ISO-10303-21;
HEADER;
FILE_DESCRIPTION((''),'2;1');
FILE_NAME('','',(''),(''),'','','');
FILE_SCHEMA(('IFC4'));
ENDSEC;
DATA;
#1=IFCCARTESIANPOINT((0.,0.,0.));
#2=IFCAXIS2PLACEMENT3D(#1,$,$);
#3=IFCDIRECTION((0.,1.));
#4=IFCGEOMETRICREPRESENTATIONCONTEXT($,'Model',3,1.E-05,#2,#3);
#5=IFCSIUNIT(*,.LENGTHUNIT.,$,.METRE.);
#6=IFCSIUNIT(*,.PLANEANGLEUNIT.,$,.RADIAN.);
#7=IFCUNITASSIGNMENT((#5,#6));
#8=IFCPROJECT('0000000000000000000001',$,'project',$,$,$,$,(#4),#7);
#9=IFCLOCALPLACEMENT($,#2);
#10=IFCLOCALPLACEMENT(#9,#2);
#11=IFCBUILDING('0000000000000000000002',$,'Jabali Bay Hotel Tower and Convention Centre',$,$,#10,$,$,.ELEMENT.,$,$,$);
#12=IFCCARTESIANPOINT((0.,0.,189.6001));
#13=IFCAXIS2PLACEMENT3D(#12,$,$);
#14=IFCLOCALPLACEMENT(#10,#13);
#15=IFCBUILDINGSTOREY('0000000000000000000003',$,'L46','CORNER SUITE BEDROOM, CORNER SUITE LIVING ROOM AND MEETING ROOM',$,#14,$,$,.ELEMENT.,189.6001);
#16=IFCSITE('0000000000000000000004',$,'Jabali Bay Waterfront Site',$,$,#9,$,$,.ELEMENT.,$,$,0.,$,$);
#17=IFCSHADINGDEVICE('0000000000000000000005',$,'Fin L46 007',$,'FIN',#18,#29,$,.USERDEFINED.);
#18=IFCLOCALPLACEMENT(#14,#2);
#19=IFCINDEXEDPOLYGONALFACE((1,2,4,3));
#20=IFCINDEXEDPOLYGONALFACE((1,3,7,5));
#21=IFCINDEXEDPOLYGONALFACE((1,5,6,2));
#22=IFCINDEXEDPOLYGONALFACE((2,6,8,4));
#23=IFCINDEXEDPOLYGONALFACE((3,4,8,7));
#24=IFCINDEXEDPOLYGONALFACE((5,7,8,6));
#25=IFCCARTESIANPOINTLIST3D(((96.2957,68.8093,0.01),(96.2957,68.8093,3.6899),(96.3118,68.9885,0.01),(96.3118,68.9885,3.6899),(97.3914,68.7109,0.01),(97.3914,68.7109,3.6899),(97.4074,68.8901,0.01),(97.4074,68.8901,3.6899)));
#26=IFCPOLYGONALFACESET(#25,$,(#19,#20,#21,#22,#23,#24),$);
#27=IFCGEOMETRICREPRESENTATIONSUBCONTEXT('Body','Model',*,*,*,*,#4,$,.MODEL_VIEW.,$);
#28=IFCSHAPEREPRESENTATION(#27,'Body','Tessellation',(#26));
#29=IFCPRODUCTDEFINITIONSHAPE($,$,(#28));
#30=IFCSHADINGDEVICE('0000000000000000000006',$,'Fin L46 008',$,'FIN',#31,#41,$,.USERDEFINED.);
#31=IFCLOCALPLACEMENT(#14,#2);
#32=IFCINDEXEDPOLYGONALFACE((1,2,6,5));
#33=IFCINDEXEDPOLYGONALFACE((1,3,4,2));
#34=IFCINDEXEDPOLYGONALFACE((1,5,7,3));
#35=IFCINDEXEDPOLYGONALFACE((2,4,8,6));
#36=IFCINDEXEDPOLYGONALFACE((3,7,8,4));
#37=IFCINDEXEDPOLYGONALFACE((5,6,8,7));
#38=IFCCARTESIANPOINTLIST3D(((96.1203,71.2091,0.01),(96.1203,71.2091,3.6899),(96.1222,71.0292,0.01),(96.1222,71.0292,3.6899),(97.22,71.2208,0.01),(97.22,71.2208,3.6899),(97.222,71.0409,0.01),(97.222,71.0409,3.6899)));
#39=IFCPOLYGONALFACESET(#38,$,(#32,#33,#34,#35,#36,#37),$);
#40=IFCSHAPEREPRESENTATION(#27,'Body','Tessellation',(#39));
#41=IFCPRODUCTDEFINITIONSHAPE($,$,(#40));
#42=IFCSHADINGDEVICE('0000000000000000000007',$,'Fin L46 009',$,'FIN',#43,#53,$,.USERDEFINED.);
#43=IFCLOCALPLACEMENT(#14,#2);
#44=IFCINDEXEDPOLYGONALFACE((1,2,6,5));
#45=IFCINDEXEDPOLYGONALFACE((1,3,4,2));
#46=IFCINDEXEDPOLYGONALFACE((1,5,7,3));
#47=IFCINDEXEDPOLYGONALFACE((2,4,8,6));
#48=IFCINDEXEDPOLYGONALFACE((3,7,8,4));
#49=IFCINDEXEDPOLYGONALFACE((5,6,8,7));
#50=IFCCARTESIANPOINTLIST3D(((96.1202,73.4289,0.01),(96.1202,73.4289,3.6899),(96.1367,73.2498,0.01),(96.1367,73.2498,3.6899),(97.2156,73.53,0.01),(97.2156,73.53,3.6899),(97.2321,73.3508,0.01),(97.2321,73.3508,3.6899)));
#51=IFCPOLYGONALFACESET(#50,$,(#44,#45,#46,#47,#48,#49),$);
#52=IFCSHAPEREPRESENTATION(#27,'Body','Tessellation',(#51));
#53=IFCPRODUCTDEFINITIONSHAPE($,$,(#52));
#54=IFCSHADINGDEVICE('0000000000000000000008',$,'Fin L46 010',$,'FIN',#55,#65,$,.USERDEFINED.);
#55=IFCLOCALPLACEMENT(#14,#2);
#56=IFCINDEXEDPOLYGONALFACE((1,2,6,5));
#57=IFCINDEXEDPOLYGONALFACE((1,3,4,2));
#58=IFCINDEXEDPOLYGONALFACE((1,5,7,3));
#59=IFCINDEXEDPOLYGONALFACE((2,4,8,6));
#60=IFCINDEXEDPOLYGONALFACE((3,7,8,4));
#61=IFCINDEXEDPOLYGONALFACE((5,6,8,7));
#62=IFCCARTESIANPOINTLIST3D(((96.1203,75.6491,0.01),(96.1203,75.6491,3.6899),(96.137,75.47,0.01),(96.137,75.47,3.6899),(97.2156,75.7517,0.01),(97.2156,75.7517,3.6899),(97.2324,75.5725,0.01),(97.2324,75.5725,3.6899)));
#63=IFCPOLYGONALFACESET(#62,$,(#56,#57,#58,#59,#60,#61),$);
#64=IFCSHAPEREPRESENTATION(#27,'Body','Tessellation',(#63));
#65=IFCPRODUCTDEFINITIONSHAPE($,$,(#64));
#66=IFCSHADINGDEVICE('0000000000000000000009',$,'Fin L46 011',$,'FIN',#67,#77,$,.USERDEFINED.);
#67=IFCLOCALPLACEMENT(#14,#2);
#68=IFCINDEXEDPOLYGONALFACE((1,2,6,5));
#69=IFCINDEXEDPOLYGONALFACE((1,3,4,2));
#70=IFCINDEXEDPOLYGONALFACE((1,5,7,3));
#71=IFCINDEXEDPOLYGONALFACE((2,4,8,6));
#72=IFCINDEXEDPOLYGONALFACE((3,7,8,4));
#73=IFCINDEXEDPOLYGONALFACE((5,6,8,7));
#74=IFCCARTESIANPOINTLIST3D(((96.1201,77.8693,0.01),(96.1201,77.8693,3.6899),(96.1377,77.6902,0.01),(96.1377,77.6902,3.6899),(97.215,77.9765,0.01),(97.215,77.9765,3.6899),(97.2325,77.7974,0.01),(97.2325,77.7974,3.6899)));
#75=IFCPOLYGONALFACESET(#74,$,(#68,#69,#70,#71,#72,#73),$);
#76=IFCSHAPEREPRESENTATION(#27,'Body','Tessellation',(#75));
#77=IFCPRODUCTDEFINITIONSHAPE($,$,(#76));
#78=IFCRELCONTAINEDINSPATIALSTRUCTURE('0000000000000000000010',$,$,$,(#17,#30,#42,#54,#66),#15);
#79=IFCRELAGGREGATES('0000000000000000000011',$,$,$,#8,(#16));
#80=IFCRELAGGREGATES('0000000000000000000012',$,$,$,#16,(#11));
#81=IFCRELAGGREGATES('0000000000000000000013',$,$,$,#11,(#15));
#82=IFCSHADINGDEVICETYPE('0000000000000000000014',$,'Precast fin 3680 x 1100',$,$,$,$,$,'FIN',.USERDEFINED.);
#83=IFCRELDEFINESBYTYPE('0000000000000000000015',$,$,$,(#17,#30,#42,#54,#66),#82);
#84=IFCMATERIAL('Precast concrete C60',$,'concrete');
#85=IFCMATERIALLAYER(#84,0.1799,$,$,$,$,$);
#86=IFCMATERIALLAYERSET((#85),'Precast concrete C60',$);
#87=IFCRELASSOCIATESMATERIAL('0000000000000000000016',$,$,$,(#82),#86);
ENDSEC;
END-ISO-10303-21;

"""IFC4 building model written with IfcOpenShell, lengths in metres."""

from ifc_helpers import new_model, si_unit, direction, frame, frame_2d, origin, place, context, subcontext, project, spatial, rectangle, extrude, material, layer, layer_set, type_object, element, save


model = new_model("IFC4")

# Units and contexts
model_context = context("Model", 3, precision=1e-05, world=origin(), true_north=direction((0.0, 1.0)))
body_context = subcontext(model_context, "Body", "Model", "MODEL_VIEW")
ifc_project = project(units=[si_unit("LENGTHUNIT", "METRE"), si_unit("PLANEANGLEUNIT", "RADIAN")], contexts=[model_context])

# Site, building, storey
site_placement = place(None, origin())
site = spatial("IfcSite", under=ifc_project, at=site_placement, Name="Jabali Bay Waterfront Site", CompositionType="ELEMENT", RefElevation=0.0)
building_placement = place(site_placement, origin())
building = spatial("IfcBuilding", under=site, at=building_placement, Name="Jabali Bay Hotel Tower and Convention Centre", CompositionType="ELEMENT")
storey_placement = place(building_placement, frame((0.0, 0.0, 189.6001)))
storey = spatial("IfcBuildingStorey", under=building, at=storey_placement, Name="L46", Description="CORNER SUITE BEDROOM, CORNER SUITE LIVING ROOM AND MEETING ROOM", CompositionType="ELEMENT", Elevation=189.6001)

# Shading devices
ifc_material_1 = material(Name="Precast concrete C60", Category="concrete")
ifc_layer_1 = layer(ifc_material_1, 0.1799)
ifc_layer_set_1 = layer_set([ifc_layer_1], Name="Precast concrete C60")
shading_device_type = type_object("IfcShadingDeviceType", Name="Precast fin 3680 x 1100", ElementType="FIN", PredefinedType="USERDEFINED", material=ifc_layer_set_1)
shading_device_1_placement = place(storey_placement, frame((96.3037, 68.8989, 0.01), z_axis=(0.0, 0.0, 1.0), x_axis=(0.995993, -0.089435, 0.0)))
element("IfcShadingDevice", 1, at=shading_device_1_placement, inside=storey, type_object=shading_device_type, Name="Fin L46 007", ObjectType="FIN", PredefinedType="USERDEFINED", context=body_context, shape_type="SweptSolid", body=[
    extrude(rectangle(XDim=1.1001, YDim=0.1799, at=frame_2d((0.55, 0.0))), origin(), (0.0, 0.0, 1.0), 3.6799),
])
shading_device_2_placement = place(storey_placement, frame((96.1213, 71.1191, 0.01), z_axis=(0.0, 0.0, 1.0), x_axis=(0.999943, 0.010654, 0.0)))
element("IfcShadingDevice", 2, at=shading_device_2_placement, inside=storey, type_object=shading_device_type, Name="Fin L46 008", ObjectType="FIN", PredefinedType="USERDEFINED", context=body_context, shape_type="SweptSolid", body=[
    extrude(rectangle(XDim=1.0999, YDim=0.1799, at=frame_2d((0.5498, 0.0))), origin(), (0.0, 0.0, 1.0), 3.6799),
])
for number, where, z_axis, x_axis, name in (
    (3, (96.1284, 73.3394, 0.01), (0.0, 0.0, 1.0), (0.99577, 0.091876, 0.0), "Fin L46 009"),
    (4, (96.1287, 75.5596, 0.01), (0.0, 0.0, 1.0), (0.995646, 0.093217, 0.0), "Fin L46 010"),
    (5, (96.1289, 77.7798, 0.01), (0.0, 0.0, 1.0), (0.995244, 0.097416, 0.0), "Fin L46 011"),
):
    element("IfcShadingDevice", number, at=place(storey_placement, frame(where, z_axis=z_axis, x_axis=x_axis)), inside=storey, type_object=shading_device_type, Name=name, ObjectType="FIN", PredefinedType="USERDEFINED", context=body_context, shape_type="SweptSolid", body=[
        extrude(rectangle(XDim=1.1001, YDim=0.1799, at=frame_2d((0.55, 0.0))), origin(), (0.0, 0.0, 1.0), 3.6799),
    ])

save(model, "model.ifc")
